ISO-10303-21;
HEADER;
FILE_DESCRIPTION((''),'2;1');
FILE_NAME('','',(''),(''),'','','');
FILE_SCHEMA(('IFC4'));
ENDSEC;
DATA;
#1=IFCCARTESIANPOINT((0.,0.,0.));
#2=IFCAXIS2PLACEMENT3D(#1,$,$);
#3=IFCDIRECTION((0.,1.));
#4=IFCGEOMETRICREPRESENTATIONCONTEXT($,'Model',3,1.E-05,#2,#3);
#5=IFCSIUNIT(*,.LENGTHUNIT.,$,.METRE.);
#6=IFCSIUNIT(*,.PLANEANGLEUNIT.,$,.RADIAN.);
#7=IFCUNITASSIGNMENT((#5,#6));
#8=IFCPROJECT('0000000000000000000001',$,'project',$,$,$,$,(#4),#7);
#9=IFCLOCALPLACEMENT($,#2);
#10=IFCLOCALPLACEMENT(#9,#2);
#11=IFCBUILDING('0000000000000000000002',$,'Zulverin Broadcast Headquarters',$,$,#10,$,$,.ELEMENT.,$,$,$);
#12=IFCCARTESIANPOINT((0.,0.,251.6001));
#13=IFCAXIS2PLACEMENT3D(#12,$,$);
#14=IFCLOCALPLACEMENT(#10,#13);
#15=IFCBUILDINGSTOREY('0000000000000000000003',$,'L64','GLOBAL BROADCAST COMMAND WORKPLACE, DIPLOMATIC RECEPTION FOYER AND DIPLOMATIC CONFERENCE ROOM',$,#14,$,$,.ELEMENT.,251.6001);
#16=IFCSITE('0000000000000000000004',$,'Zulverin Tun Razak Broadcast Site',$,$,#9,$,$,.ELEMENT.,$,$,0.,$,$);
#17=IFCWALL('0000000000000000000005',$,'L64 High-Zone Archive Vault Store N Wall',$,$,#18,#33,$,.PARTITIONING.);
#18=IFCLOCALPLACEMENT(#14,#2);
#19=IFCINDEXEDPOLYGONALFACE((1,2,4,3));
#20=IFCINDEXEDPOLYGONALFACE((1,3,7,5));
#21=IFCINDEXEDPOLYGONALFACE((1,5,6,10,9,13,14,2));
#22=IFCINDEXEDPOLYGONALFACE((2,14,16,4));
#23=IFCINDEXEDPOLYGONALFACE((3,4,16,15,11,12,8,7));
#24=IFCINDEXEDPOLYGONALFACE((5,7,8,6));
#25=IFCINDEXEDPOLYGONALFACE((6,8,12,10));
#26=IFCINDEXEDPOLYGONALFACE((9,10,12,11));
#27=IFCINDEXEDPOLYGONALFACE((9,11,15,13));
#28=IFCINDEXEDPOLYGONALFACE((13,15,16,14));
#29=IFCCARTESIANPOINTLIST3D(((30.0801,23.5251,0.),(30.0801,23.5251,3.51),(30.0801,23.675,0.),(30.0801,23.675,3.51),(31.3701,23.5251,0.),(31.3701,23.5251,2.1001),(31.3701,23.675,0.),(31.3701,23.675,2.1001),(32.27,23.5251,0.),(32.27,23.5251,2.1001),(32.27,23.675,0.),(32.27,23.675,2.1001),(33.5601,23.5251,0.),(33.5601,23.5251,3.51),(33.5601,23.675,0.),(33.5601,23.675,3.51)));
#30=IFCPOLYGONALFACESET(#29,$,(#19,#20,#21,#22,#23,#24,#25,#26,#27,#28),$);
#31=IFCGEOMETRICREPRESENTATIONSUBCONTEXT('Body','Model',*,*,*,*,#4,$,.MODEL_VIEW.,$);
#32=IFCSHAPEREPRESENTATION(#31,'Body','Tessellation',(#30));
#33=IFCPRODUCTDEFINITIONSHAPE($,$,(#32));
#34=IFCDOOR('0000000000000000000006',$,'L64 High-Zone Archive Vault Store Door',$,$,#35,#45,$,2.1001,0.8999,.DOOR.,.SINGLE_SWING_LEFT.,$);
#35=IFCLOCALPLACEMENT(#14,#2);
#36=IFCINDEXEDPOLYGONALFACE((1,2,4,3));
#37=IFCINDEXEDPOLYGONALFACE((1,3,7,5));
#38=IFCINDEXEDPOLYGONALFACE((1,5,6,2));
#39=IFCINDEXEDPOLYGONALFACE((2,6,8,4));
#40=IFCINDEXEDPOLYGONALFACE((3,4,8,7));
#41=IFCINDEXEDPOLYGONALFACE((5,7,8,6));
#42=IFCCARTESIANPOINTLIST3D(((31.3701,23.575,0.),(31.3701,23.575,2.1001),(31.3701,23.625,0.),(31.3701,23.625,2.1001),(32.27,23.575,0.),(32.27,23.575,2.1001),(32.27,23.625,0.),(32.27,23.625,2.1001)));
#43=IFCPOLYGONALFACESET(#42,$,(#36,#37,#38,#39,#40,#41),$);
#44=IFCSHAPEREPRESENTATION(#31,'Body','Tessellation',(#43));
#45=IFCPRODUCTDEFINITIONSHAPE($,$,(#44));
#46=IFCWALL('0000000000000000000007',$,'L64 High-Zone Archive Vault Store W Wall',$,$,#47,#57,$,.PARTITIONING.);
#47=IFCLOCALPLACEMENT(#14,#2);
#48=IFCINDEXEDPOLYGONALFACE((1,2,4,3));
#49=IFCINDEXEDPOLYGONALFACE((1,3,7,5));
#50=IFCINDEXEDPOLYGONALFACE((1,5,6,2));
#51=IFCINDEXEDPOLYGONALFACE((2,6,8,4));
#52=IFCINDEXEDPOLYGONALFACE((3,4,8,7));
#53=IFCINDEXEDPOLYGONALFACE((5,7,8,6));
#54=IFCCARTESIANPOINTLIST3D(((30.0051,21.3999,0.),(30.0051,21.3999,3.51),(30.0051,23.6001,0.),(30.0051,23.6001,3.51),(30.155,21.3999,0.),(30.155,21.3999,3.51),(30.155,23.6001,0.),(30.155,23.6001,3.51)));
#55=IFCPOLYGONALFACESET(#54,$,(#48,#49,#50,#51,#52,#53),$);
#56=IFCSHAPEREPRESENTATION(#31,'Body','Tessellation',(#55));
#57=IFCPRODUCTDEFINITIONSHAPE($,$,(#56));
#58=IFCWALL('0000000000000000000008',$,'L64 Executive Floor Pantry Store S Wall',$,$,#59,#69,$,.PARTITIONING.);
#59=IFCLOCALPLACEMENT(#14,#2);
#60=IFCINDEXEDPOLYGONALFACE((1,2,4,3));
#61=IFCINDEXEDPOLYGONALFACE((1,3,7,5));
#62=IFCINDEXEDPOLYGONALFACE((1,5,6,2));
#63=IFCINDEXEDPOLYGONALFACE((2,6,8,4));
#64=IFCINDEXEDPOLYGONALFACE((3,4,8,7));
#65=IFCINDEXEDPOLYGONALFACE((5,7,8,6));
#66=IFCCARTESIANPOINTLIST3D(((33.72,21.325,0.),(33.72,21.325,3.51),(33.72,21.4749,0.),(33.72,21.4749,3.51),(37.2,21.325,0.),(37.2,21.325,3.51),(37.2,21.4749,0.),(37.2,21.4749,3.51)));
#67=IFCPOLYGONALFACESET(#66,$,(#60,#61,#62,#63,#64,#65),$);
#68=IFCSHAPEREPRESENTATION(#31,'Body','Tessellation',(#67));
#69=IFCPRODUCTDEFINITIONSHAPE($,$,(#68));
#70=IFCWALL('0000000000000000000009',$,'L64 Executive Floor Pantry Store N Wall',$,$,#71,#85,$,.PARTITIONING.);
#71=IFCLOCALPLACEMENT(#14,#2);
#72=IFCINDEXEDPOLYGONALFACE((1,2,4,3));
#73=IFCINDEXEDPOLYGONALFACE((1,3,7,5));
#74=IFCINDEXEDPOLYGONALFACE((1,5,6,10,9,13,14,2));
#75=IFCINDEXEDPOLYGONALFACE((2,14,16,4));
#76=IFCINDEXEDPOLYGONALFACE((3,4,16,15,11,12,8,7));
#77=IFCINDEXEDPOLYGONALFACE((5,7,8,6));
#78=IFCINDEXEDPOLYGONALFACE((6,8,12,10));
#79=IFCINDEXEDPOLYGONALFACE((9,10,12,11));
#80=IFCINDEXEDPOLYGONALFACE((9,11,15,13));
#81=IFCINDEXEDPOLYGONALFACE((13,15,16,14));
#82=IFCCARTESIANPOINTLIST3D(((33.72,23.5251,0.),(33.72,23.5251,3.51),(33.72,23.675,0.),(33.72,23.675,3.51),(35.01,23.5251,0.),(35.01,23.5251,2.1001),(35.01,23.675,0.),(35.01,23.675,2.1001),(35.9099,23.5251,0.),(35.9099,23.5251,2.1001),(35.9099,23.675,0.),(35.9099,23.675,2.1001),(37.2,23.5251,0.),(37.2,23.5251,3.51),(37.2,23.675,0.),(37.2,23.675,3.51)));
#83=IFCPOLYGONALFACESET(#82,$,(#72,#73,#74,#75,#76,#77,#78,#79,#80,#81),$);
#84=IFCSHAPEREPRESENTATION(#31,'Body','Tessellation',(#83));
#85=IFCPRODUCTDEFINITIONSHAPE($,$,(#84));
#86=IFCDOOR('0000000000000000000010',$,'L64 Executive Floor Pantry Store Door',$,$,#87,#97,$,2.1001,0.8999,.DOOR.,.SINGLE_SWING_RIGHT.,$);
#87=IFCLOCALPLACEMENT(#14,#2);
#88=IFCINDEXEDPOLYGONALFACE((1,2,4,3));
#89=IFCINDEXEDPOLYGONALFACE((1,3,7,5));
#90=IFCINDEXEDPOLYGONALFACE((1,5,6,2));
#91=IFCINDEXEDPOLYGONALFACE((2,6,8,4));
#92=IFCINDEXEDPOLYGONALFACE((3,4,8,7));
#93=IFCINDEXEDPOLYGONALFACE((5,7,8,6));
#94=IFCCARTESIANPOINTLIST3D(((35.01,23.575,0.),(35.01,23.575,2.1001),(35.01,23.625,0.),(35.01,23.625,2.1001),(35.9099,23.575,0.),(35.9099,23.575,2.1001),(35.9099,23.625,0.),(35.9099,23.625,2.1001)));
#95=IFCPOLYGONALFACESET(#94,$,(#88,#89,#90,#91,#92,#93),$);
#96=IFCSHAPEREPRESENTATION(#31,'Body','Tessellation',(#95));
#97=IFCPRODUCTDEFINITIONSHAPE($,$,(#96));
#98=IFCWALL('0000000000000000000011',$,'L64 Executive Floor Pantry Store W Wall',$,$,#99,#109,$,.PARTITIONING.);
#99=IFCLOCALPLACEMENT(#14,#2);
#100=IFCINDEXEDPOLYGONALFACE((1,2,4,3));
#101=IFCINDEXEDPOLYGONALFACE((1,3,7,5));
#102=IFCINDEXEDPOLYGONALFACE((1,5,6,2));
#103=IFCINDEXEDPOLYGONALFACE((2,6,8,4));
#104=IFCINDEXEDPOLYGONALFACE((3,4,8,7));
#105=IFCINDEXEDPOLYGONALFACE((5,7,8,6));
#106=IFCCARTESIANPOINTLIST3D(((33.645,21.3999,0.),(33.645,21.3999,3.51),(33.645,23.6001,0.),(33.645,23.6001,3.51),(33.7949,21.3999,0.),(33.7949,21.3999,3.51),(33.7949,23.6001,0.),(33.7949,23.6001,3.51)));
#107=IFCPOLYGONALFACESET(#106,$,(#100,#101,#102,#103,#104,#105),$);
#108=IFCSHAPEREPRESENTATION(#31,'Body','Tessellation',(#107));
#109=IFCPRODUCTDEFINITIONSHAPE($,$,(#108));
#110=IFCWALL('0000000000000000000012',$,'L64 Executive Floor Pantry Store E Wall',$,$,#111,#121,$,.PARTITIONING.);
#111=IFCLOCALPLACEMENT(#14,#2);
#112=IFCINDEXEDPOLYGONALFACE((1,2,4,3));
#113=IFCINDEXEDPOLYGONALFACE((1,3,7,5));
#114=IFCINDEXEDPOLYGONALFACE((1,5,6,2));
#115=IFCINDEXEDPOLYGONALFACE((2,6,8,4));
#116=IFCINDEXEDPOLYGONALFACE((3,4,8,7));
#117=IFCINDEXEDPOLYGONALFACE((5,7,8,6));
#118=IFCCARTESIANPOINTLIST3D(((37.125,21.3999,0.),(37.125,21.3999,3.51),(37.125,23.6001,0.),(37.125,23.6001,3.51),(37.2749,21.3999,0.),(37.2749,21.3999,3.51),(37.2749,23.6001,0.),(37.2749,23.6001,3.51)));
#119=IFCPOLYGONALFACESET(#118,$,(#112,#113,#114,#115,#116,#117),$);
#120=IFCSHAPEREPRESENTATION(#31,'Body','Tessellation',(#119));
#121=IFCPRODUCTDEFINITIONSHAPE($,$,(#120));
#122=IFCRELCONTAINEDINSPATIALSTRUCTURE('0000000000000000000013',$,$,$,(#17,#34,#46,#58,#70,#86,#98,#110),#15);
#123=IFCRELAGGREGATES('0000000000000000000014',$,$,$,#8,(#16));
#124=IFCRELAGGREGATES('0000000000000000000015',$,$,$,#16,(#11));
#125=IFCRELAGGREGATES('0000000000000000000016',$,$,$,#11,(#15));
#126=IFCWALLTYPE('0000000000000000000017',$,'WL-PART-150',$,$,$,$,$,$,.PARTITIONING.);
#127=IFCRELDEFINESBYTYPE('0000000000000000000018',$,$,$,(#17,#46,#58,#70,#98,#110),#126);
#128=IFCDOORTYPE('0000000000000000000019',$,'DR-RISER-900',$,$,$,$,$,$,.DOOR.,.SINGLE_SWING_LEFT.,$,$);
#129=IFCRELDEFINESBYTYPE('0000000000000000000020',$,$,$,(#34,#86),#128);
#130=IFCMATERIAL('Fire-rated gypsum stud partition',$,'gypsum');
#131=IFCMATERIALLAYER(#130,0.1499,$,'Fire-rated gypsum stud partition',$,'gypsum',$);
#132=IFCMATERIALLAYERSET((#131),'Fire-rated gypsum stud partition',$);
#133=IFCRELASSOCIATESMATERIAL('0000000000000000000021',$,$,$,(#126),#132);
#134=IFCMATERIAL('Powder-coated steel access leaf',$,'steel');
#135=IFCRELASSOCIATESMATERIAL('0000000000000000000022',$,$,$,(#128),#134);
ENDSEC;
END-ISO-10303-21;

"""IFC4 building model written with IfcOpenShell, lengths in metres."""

from ifc_helpers import new_model, si_unit, direction, frame, frame_2d, origin, place, context, subcontext, project, spatial, rectangle, extrude, material, layer, layer_set, type_object, element, fill, save


model = new_model("IFC4")

# Units and contexts
model_context = context("Model", 3, precision=1e-05, world=origin(), true_north=direction((0.0, 1.0)))
body_context = subcontext(model_context, "Body", "Model", "MODEL_VIEW")
ifc_project = project(units=[si_unit("LENGTHUNIT", "METRE"), si_unit("PLANEANGLEUNIT", "RADIAN")], contexts=[model_context])

# Site, building, storey
site_placement = place(None, origin())
site = spatial("IfcSite", under=ifc_project, at=site_placement, Name="Zulverin Tun Razak Broadcast Site", CompositionType="ELEMENT", RefElevation=0.0)
building_placement = place(site_placement, origin())
building = spatial("IfcBuilding", under=site, at=building_placement, Name="Zulverin Broadcast Headquarters", CompositionType="ELEMENT")
storey_placement = place(building_placement, frame((0.0, 0.0, 251.6001)))
storey = spatial("IfcBuildingStorey", under=building, at=storey_placement, Name="L64", Description="GLOBAL BROADCAST COMMAND WORKPLACE, DIPLOMATIC RECEPTION FOYER AND DIPLOMATIC CONFERENCE ROOM", CompositionType="ELEMENT", Elevation=251.6001)

# Shared definitions
ifc_material_1 = material(Name="Fire-rated gypsum stud partition", Category="gypsum")
ifc_layer = layer(ifc_material_1, 0.1499, Name="Fire-rated gypsum stud partition", Category="gypsum")
ifc_layer_set = layer_set([ifc_layer], Name="Fire-rated gypsum stud partition")
wall_type = type_object("IfcWallType", Name="WL-PART-150", PredefinedType="PARTITIONING", material=ifc_layer_set)

# Shared definitions
ifc_material_2 = material(Name="Powder-coated steel access leaf", Category="steel")
door_type_1 = type_object("IfcDoorType", Name="DR-RISER-900", OperationType="SINGLE_SWING_LEFT", PredefinedType="DOOR", material=ifc_material_2)

# Wall, opening, door
wall_1_placement = place(storey_placement, frame((30.0801, 23.6001, 0.0), z_axis=(0.0, 0.0, 1.0), x_axis=(1.0, 0.0, 0.0)))
wall_1 = element("IfcWall", 1, at=wall_1_placement, inside=storey, type_object=wall_type, Name="L64 High-Zone Archive Vault Store N Wall", PredefinedType="PARTITIONING", context=body_context, shape_type="SweptSolid", body=[
    extrude(rectangle(XDim=3.48, YDim=0.1499, at=frame_2d((1.74, 0.0))), origin(), (0.0, 0.0, 1.0), 3.51),
])
opening_1_placement = place(wall_1_placement, frame((1.29, 0.0, 0.0)))
opening_1 = element("IfcOpeningElement", 2, at=opening_1_placement, cuts=wall_1, PredefinedType="OPENING", context=body_context, shape_type="SweptSolid", body=[
    extrude(rectangle(XDim=0.8999, YDim=2.1001, at=frame_2d((0.45, 1.05))), frame((0.0, 0.085, 0.0), z_axis=(0.0, -1.0, 0.0), x_axis=(1.0, 0.0, 0.0)), (0.0, 0.0, 1.0), 0.1699),
])
door_1_placement = place(opening_1_placement, origin())
door_1 = element("IfcDoor", 3, at=door_1_placement, inside=storey, type_object=door_type_1, Name="L64 High-Zone Archive Vault Store Door", OperationType="SINGLE_SWING_LEFT", OverallHeight=2.1001, OverallWidth=0.8999, PredefinedType="DOOR", context=body_context, shape_type="SweptSolid", body=[
    extrude(rectangle(XDim=0.8999, YDim=2.1001, at=frame_2d((0.45, 1.05))), frame((0.0, 0.0249, 0.0), z_axis=(0.0, -1.0, 0.0), x_axis=(1.0, 0.0, 0.0)), (0.0, 0.0, 1.0), 0.05),
])
fill(opening_1, door_1)

# Walls
wall_2_placement = place(storey_placement, frame((30.0801, 21.3999, 0.0), z_axis=(0.0, 0.0, 1.0), x_axis=(0.0, 1.0, 0.0)))
element("IfcWall", 4, at=wall_2_placement, inside=storey, type_object=wall_type, Name="L64 High-Zone Archive Vault Store W Wall", PredefinedType="PARTITIONING", context=body_context, shape_type="SweptSolid", body=[
    extrude(rectangle(XDim=2.2002, YDim=0.1499, at=frame_2d((1.1001, 0.0))), origin(), (0.0, 0.0, 1.0), 3.51),
])
wall_3_placement = place(storey_placement, frame((33.72, 21.3999, 0.0), z_axis=(0.0, 0.0, 1.0), x_axis=(1.0, 0.0, 0.0)))
element("IfcWall", 5, at=wall_3_placement, inside=storey, type_object=wall_type, Name="L64 Executive Floor Pantry Store S Wall", PredefinedType="PARTITIONING", context=body_context, shape_type="SweptSolid", body=[
    extrude(rectangle(XDim=3.48, YDim=0.1499, at=frame_2d((1.74, 0.0))), origin(), (0.0, 0.0, 1.0), 3.51),
])

# Wall, opening, door
wall_4_placement = place(storey_placement, frame((33.72, 23.6001, 0.0), z_axis=(0.0, 0.0, 1.0), x_axis=(1.0, 0.0, 0.0)))
wall_4 = element("IfcWall", 6, at=wall_4_placement, inside=storey, type_object=wall_type, Name="L64 Executive Floor Pantry Store N Wall", PredefinedType="PARTITIONING", context=body_context, shape_type="SweptSolid", body=[
    extrude(rectangle(XDim=3.48, YDim=0.1499, at=frame_2d((1.74, 0.0))), origin(), (0.0, 0.0, 1.0), 3.51),
])
opening_2_placement = place(wall_4_placement, frame((1.29, 0.0, 0.0)))
opening_2 = element("IfcOpeningElement", 7, at=opening_2_placement, cuts=wall_4, PredefinedType="OPENING", context=body_context, shape_type="SweptSolid", body=[
    extrude(rectangle(XDim=0.8999, YDim=2.1001, at=frame_2d((0.45, 1.05))), frame((0.0, 0.085, 0.0), z_axis=(0.0, -1.0, 0.0), x_axis=(1.0, 0.0, 0.0)), (0.0, 0.0, 1.0), 0.1699),
])
door_2_placement = place(opening_2_placement, origin())
door_2 = element("IfcDoor", 8, at=door_2_placement, inside=storey, type_object=door_type_1, Name="L64 Executive Floor Pantry Store Door", OperationType="SINGLE_SWING_RIGHT", OverallHeight=2.1001, OverallWidth=0.8999, PredefinedType="DOOR", context=body_context, shape_type="SweptSolid", body=[
    extrude(rectangle(XDim=0.8999, YDim=2.1001, at=frame_2d((0.45, 1.05))), frame((0.0, 0.0249, 0.0), z_axis=(0.0, -1.0, 0.0), x_axis=(1.0, 0.0, 0.0)), (0.0, 0.0, 1.0), 0.05),
])
fill(opening_2, door_2)

# Walls
for number, where, z_axis, x_axis, name in (
    (9, (33.72, 21.3999, 0.0), (0.0, 0.0, 1.0), (0.0, 1.0, 0.0), "L64 Executive Floor Pantry Store W Wall"),
    (10, (37.2, 21.3999, 0.0), (0.0, 0.0, 1.0), (0.0, 1.0, 0.0), "L64 Executive Floor Pantry Store E Wall"),
):
    element("IfcWall", number, at=place(storey_placement, frame(where, z_axis=z_axis, x_axis=x_axis)), inside=storey, type_object=wall_type, Name=name, PredefinedType="PARTITIONING", context=body_context, shape_type="SweptSolid", body=[
        extrude(rectangle(XDim=2.2002, YDim=0.1499, at=frame_2d((1.1001, 0.0))), origin(), (0.0, 0.0, 1.0), 3.51),
    ])

save(model, "model.ifc")
